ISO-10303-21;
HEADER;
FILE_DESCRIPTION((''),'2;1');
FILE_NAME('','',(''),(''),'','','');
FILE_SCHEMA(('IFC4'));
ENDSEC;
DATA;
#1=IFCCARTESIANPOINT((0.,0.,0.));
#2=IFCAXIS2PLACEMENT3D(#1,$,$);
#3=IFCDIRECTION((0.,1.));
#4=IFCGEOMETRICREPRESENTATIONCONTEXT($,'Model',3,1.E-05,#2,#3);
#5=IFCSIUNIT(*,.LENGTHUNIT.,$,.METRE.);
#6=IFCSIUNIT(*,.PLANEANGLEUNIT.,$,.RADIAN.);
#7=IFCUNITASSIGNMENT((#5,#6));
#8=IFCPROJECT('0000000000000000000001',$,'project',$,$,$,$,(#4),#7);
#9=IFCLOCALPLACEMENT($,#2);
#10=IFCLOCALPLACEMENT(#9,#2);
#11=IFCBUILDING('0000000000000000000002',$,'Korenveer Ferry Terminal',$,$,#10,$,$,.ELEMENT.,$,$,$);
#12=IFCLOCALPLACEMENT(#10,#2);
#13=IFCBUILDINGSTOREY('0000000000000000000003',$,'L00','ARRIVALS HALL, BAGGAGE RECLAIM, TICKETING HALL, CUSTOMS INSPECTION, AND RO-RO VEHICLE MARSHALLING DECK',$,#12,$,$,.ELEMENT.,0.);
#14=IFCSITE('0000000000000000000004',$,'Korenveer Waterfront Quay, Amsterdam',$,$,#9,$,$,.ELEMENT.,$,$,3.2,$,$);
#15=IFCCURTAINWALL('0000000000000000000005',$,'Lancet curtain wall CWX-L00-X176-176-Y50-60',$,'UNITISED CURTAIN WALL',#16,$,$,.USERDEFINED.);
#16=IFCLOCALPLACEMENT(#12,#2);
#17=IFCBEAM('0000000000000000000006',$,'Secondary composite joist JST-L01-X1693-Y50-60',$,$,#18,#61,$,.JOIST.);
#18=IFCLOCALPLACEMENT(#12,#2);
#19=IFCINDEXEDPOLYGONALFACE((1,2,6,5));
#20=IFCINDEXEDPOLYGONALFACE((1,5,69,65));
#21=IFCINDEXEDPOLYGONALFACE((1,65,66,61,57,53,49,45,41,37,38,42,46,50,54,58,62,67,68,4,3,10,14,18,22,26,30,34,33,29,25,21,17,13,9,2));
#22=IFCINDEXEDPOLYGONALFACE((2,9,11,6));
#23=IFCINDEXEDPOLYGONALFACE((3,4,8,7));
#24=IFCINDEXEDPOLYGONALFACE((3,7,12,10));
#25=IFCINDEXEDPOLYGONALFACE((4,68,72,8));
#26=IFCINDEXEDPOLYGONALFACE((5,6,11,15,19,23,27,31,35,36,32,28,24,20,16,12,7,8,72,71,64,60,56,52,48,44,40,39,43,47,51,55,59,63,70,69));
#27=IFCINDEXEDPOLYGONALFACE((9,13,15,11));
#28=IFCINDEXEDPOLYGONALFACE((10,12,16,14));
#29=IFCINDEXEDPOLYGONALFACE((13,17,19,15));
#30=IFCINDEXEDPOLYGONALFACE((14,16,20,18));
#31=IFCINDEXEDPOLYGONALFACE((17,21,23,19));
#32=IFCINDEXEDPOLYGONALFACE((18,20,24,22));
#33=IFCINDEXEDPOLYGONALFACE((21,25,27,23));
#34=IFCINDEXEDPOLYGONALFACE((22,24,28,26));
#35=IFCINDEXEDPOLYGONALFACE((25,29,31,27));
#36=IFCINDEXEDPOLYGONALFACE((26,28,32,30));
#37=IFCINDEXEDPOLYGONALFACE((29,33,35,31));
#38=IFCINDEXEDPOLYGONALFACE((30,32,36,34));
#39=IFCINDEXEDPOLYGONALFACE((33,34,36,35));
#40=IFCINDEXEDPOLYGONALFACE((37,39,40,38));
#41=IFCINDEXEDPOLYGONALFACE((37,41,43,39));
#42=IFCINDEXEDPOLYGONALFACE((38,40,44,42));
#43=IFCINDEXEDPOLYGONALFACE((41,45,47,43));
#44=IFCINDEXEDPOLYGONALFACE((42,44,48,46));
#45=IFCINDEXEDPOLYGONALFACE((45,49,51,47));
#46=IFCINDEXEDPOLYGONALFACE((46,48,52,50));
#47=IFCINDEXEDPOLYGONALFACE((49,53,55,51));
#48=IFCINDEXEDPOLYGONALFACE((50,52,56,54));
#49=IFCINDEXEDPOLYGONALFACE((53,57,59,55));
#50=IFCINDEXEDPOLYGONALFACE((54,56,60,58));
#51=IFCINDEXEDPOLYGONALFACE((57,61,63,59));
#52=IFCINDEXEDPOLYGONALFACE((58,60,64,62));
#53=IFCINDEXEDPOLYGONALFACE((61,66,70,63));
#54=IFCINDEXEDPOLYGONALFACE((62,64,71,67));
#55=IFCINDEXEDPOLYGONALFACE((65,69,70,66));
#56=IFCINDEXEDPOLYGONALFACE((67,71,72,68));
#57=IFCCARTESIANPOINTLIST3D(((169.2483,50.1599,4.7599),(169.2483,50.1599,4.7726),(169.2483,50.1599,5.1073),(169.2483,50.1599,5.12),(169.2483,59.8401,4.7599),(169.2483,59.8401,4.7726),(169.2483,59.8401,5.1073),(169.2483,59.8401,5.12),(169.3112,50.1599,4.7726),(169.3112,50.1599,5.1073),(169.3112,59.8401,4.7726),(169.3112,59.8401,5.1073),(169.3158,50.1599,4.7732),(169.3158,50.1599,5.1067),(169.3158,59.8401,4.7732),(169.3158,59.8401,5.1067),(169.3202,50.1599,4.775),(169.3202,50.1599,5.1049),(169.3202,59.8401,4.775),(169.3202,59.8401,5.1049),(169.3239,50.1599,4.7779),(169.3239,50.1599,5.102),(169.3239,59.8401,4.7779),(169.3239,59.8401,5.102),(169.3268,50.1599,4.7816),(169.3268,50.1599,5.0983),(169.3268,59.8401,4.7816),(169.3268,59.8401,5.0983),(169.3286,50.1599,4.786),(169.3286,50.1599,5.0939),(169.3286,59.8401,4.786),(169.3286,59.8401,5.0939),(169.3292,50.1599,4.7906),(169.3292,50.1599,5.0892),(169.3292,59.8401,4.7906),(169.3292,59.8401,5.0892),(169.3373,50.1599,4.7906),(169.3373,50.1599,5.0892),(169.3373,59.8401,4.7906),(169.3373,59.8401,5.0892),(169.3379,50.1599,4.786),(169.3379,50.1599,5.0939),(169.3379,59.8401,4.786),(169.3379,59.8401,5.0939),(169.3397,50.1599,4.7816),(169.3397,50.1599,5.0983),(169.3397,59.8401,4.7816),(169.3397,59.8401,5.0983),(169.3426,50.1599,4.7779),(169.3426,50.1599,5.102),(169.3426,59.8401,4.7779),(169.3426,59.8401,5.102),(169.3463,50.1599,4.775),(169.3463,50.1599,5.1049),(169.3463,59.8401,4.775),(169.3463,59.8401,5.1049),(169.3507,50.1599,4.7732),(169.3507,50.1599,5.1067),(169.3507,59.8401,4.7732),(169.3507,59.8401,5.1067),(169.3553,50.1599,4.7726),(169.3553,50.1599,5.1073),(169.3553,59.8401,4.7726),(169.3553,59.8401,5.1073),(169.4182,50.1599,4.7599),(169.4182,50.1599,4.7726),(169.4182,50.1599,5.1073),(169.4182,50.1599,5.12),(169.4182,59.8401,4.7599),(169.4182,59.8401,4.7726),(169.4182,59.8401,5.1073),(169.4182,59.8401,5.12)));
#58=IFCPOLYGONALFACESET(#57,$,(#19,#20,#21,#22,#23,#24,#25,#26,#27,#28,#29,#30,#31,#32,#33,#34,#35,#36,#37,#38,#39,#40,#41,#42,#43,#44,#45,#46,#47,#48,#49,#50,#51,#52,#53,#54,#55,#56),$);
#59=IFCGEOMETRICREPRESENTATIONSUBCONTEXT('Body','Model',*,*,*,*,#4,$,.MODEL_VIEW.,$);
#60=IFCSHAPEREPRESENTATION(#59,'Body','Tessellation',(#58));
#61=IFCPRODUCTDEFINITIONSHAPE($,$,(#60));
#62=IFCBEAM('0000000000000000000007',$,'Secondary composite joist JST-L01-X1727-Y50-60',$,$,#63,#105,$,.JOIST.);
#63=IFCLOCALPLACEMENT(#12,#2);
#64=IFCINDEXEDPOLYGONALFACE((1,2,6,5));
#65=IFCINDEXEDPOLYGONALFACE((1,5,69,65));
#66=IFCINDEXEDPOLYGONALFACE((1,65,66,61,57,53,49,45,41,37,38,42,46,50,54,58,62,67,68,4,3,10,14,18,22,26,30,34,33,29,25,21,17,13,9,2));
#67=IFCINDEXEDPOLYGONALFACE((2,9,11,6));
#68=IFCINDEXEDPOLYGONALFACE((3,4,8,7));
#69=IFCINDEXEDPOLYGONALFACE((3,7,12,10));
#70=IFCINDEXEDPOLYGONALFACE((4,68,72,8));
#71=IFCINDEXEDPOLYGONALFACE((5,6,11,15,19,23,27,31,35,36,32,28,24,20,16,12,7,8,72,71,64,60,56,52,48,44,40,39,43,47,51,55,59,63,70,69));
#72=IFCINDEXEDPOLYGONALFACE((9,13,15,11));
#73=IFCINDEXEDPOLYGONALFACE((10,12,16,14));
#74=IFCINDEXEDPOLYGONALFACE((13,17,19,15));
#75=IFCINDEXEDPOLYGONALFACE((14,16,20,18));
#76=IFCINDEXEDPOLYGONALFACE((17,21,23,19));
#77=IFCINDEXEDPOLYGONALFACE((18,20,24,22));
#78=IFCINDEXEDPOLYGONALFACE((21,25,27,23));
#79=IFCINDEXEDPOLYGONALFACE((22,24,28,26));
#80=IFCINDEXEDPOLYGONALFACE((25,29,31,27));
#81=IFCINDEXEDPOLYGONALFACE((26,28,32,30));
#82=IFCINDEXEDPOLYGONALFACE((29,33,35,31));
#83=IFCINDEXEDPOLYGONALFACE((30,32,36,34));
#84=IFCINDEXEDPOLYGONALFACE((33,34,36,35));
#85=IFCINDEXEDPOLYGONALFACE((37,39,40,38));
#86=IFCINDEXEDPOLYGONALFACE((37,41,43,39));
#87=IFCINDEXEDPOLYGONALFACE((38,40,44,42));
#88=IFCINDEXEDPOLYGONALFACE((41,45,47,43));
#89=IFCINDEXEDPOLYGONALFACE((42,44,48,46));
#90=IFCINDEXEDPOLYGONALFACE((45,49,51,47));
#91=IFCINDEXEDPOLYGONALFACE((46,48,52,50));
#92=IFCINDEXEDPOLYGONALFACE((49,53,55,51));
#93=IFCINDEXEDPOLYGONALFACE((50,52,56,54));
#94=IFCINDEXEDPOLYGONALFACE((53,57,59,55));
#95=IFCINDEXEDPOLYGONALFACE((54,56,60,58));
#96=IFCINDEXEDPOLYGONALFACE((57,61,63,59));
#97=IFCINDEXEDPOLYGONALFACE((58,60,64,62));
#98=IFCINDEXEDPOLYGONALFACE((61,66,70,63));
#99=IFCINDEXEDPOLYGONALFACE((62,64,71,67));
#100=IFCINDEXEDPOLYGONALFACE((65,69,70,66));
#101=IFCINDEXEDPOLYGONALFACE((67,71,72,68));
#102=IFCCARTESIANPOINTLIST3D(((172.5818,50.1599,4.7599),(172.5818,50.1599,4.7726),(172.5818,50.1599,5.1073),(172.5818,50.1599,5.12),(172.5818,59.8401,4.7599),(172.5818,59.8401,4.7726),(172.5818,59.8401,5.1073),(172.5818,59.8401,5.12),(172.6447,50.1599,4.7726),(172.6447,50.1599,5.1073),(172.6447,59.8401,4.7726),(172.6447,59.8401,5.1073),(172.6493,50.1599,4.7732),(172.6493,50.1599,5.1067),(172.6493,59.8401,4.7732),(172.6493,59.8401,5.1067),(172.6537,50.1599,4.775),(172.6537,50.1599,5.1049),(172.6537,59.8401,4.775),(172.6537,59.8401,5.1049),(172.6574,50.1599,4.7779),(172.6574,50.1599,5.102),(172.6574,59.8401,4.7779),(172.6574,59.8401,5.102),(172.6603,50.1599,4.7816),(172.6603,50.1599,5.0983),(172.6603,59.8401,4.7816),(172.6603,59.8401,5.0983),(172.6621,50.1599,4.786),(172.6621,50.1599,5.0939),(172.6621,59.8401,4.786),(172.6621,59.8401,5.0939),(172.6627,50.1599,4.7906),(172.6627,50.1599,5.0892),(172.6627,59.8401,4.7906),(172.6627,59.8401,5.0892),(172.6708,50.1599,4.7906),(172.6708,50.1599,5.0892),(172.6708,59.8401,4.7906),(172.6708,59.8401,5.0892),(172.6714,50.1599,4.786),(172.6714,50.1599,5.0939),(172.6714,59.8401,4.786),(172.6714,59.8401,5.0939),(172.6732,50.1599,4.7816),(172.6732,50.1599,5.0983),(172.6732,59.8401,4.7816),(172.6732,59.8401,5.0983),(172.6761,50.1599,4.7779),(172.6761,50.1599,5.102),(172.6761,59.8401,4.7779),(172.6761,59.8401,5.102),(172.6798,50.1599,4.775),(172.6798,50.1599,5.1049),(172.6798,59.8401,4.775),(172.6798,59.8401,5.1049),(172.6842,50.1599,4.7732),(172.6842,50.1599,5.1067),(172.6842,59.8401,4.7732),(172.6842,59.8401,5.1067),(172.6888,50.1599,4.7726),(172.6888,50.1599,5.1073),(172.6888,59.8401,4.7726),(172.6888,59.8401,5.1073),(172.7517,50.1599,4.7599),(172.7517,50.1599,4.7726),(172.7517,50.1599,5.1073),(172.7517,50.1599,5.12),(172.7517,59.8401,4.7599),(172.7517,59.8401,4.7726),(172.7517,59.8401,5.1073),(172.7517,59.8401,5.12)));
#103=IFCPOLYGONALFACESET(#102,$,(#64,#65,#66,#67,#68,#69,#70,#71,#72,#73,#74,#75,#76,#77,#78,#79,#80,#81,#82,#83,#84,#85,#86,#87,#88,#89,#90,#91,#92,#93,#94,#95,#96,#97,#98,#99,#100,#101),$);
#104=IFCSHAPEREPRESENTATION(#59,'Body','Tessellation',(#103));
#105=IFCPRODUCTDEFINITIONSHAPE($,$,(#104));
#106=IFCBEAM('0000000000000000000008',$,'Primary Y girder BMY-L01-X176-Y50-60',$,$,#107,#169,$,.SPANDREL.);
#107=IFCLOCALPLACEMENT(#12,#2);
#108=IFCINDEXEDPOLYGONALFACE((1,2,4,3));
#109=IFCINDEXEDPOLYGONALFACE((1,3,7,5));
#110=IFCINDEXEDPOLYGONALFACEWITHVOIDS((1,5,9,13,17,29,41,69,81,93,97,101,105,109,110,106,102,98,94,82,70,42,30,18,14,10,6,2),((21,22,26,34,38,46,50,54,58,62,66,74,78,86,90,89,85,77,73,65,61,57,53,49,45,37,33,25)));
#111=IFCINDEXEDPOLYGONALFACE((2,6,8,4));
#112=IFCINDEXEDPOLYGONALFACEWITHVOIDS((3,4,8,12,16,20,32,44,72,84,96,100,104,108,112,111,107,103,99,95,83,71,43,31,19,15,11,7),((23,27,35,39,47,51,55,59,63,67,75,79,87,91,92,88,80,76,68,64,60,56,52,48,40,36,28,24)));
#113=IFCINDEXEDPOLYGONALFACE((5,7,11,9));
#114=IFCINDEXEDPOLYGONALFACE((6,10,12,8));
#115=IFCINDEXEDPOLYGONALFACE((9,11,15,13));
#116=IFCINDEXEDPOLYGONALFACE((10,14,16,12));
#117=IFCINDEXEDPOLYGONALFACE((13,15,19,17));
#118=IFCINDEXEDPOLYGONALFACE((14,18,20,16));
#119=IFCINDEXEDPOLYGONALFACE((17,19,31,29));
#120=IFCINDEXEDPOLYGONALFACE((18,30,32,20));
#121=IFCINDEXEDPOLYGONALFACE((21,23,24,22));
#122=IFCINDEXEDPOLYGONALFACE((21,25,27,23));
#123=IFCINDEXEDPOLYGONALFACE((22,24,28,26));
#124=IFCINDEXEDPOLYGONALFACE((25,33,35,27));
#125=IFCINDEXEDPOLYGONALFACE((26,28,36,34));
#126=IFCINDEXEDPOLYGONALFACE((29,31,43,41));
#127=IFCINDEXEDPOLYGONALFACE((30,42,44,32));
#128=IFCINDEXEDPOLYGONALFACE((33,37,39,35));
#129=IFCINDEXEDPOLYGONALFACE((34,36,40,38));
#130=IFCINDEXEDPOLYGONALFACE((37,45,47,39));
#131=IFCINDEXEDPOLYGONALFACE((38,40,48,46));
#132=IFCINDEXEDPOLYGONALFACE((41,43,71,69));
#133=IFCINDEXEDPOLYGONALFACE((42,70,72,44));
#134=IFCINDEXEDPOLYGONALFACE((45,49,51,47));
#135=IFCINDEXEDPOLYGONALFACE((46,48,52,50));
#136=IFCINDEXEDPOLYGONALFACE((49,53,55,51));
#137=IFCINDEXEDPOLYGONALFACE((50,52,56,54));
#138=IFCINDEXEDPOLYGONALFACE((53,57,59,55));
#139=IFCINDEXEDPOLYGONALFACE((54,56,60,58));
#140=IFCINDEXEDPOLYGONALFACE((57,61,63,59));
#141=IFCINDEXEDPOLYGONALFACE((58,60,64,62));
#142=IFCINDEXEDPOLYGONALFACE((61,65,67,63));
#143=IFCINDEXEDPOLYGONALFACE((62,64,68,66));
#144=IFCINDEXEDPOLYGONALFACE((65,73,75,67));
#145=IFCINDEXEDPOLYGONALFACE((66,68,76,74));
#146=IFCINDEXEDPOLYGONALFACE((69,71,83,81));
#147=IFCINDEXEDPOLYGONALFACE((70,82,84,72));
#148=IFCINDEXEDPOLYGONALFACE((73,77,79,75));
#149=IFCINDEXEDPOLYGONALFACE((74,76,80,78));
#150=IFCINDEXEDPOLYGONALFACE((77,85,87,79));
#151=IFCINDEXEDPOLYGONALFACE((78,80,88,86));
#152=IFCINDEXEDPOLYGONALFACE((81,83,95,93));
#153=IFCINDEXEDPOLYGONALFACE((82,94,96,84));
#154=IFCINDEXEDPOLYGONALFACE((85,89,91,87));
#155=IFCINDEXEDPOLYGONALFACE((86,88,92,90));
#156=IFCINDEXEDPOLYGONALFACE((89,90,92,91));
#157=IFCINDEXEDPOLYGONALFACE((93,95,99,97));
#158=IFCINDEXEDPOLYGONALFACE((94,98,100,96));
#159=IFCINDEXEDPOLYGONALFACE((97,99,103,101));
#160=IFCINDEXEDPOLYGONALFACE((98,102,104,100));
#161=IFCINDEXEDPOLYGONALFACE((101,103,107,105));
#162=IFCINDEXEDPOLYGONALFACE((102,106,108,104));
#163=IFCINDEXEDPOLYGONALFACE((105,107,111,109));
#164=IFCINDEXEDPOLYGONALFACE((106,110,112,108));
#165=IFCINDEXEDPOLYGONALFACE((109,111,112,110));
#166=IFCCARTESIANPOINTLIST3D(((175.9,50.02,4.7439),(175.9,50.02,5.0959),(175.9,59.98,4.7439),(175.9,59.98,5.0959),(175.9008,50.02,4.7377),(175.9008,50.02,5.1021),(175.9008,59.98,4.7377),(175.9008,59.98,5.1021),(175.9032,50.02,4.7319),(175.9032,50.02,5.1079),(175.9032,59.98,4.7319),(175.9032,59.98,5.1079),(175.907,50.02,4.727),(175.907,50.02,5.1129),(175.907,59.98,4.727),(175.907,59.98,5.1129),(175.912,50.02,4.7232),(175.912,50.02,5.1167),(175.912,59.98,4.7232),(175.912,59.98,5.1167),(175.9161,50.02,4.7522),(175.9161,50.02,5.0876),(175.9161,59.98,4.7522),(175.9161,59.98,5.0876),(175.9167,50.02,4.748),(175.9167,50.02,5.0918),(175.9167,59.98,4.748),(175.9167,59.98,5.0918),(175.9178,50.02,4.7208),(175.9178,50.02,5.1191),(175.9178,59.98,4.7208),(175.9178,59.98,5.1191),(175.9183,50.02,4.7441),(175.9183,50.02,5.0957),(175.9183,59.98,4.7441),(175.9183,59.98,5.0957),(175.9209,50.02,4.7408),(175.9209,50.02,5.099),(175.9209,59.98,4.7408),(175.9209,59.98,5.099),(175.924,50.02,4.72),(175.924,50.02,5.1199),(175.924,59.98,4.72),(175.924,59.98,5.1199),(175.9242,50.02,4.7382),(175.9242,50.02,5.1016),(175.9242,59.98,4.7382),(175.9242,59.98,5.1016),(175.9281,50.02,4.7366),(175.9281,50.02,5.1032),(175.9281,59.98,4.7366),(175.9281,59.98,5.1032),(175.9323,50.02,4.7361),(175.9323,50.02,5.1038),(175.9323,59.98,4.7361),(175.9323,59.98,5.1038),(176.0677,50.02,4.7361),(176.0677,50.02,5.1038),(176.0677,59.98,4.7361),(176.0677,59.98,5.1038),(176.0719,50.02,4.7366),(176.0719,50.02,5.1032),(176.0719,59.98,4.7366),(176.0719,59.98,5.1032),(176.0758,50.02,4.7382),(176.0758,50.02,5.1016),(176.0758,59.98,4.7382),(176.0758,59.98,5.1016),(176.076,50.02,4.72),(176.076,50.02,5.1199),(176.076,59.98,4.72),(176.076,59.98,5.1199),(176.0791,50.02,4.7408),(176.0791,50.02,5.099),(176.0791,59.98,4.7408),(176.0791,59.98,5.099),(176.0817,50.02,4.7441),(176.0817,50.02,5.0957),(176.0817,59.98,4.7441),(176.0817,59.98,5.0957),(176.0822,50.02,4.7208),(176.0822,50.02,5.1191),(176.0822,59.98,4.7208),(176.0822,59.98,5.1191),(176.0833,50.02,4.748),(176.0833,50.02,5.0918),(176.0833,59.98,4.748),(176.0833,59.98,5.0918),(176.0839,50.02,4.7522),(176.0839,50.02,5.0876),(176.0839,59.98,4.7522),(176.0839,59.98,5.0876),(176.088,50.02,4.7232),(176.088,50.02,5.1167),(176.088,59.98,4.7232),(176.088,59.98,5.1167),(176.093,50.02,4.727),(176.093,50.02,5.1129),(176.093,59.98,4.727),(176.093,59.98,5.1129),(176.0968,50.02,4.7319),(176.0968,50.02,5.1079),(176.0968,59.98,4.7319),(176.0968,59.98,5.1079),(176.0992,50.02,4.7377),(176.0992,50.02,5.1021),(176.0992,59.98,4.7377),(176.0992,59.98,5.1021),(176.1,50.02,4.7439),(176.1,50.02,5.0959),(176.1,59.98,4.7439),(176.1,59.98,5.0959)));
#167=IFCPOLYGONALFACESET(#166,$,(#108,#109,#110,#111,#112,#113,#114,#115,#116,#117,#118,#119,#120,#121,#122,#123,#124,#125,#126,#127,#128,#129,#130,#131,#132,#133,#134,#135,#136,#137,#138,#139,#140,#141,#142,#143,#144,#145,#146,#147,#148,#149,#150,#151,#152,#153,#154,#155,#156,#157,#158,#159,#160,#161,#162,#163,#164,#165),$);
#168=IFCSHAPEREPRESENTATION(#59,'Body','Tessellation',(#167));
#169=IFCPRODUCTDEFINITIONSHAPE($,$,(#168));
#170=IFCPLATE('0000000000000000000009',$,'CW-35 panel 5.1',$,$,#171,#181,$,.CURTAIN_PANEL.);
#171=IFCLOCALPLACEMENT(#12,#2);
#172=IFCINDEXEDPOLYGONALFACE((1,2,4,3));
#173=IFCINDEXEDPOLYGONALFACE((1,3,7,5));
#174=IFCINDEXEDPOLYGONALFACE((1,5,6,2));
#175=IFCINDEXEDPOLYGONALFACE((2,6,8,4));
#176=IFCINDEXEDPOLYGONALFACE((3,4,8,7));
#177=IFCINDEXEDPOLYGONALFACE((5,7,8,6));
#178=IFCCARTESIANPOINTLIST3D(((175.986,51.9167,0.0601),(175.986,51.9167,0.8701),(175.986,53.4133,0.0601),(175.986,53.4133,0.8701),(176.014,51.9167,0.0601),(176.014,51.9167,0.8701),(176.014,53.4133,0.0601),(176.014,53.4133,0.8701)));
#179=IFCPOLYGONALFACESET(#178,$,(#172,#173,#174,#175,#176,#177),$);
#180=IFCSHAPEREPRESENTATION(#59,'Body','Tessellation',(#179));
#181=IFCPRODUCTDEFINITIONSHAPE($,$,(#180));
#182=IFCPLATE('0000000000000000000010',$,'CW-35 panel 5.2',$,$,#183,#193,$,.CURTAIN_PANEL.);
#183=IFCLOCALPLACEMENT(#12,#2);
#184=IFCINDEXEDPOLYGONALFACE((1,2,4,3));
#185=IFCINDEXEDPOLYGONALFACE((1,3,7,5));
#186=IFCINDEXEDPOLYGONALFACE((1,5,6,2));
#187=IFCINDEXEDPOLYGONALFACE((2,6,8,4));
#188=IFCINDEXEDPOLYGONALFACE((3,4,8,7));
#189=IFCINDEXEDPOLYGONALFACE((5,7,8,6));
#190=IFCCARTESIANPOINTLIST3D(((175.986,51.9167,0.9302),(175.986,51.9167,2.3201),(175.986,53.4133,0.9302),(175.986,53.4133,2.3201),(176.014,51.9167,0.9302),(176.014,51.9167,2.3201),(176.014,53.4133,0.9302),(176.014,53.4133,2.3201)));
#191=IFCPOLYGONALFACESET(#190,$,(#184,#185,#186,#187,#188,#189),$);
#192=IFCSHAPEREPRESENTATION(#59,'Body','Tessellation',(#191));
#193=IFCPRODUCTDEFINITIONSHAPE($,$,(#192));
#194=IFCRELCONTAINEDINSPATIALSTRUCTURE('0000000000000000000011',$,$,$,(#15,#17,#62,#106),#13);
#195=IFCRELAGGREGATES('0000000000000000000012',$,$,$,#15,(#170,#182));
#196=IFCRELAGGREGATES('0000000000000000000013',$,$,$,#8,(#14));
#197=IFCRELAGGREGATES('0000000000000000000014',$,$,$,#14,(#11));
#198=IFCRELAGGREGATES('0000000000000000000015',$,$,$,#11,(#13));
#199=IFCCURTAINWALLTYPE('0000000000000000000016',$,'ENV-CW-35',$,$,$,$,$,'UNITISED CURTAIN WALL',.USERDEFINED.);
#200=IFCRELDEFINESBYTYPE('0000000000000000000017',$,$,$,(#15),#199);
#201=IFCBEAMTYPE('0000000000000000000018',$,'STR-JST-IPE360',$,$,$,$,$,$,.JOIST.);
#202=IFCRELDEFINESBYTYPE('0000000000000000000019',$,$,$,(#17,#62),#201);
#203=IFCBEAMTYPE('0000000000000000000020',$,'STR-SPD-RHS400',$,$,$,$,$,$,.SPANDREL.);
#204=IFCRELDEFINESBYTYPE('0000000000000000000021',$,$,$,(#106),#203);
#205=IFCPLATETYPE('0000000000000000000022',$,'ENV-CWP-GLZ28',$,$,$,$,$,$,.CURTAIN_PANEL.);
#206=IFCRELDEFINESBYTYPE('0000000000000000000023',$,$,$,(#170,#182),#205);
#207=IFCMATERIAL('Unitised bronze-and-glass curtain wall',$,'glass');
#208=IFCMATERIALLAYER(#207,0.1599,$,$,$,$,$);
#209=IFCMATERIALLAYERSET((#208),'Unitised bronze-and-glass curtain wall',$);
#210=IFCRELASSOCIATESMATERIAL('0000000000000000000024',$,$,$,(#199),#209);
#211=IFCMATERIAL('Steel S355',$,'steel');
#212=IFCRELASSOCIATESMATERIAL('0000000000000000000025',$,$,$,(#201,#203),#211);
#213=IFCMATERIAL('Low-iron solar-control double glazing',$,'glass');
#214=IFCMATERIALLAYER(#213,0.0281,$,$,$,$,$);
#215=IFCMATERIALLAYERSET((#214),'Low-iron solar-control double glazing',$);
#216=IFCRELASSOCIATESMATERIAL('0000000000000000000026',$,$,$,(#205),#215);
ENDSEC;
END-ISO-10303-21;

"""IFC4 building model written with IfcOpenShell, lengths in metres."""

from ifc_helpers import new_model, si_unit, direction, frame, origin, origin_2d, place, context, subcontext, project, spatial, rectangle, hollow_rectangle, i_section, extrude, material, layer, layer_set, material_profile, profile_set, type_object, element, aggregate, save


model = new_model("IFC4")

# Units and contexts
model_context = context("Model", 3, precision=1e-05, world=origin(), true_north=direction((0.0, 1.0)))
body_context = subcontext(model_context, "Body", "Model", "MODEL_VIEW")
ifc_project = project(units=[si_unit("LENGTHUNIT", "METRE"), si_unit("PLANEANGLEUNIT", "RADIAN")], contexts=[model_context])

# Site, building, storey
site_placement = place(None, origin())
site = spatial("IfcSite", under=ifc_project, at=site_placement, Name="Korenveer Waterfront Quay, Amsterdam", CompositionType="ELEMENT", RefElevation=3.2)
building_placement = place(site_placement, origin())
building = spatial("IfcBuilding", under=site, at=building_placement, Name="Korenveer Ferry Terminal", CompositionType="ELEMENT")
storey_placement = place(building_placement, origin())
storey = spatial("IfcBuildingStorey", under=building, at=storey_placement, Name="L00", Description="ARRIVALS HALL, BAGGAGE RECLAIM, TICKETING HALL, CUSTOMS INSPECTION, AND RO-RO VEHICLE MARSHALLING DECK", CompositionType="ELEMENT", Elevation=0.0)

# Curtain wall
ifc_material_1 = material(Name="Unitised bronze-and-glass curtain wall", Category="glass")
ifc_layer_1 = layer(ifc_material_1, 0.1599)
ifc_layer_set_1 = layer_set([ifc_layer_1], Name="Unitised bronze-and-glass curtain wall")
curtain_wall_type = type_object("IfcCurtainWallType", Name="ENV-CW-35", ElementType="UNITISED CURTAIN WALL", PredefinedType="USERDEFINED", material=ifc_layer_set_1)
curtain_wall_placement = place(storey_placement, frame((176.0, 59.6699, 0.0)))
curtain_wall = element("IfcCurtainWall", 1, at=curtain_wall_placement, inside=storey, type_object=curtain_wall_type, Name="Lancet curtain wall CWX-L00-X176-176-Y50-60", ObjectType="UNITISED CURTAIN WALL", PredefinedType="USERDEFINED")

# Beams
ifc_material_2 = material(Name="Steel S355", Category="steel")
ifc_material_profile_1 = material_profile(ifc_material_2, i_section(OverallWidth=0.1699, OverallDepth=0.3601, WebThickness=0.0081, FlangeThickness=0.0127, FilletRadius=0.0181, at=origin_2d()), Name="IPE 360")
ifc_profile_set_1 = profile_set([ifc_material_profile_1], Name="Steel S355")
beam_type_1 = type_object("IfcBeamType", Name="STR-JST-IPE360", PredefinedType="JOIST", material=ifc_profile_set_1)
for number, where, z_axis, x_axis, name in (
    (2, (169.3333, 50.1599, 4.9399), (0.0, 1.0, 0.0), (-1.0, 0.0, 0.0), "Secondary composite joist JST-L01-X1693-Y50-60"),
    (3, (172.6667, 50.1599, 4.9399), (0.0, 1.0, 0.0), (-1.0, 0.0, 0.0), "Secondary composite joist JST-L01-X1727-Y50-60"),
):
    element("IfcBeam", number, at=place(storey_placement, frame(where, z_axis=z_axis, x_axis=x_axis)), inside=storey, type_object=beam_type_1, Name=name, PredefinedType="JOIST", context=body_context, shape_type="SweptSolid", body=[
        extrude(i_section(OverallWidth=0.1699, OverallDepth=0.3601, WebThickness=0.0081, FlangeThickness=0.0127, FilletRadius=0.0181, at=origin_2d()), origin(), (0.0, 0.0, 1.0), 9.6802),
    ])
ifc_material_profile_2 = material_profile(ifc_material_2, hollow_rectangle(XDim=0.2, YDim=0.3999, WallThickness=0.0161, InnerFilletRadius=0.0161, OuterFilletRadius=0.0239, at=origin_2d()), Name="RHS 400x200x16")
ifc_profile_set_2 = profile_set([ifc_material_profile_2], Name="Steel S355")
beam_type_2 = type_object("IfcBeamType", Name="STR-SPD-RHS400", PredefinedType="SPANDREL", material=ifc_profile_set_2)
beam_placement = place(storey_placement, frame((176.0, 50.02, 4.9199), z_axis=(0.0, 1.0, 0.0), x_axis=(-1.0, 0.0, 0.0)))
element("IfcBeam", 4, at=beam_placement, inside=storey, type_object=beam_type_2, Name="Primary Y girder BMY-L01-X176-Y50-60", PredefinedType="SPANDREL", context=body_context, shape_type="SweptSolid", body=[
    extrude(hollow_rectangle(XDim=0.2, YDim=0.3999, WallThickness=0.0161, InnerFilletRadius=0.0161, OuterFilletRadius=0.0239, at=origin_2d()), origin(), (0.0, 0.0, 1.0), 9.96),
])

# Plates
ifc_material_3 = material(Name="Low-iron solar-control double glazing", Category="glass")
ifc_layer_2 = layer(ifc_material_3, 0.0281)
ifc_layer_set_2 = layer_set([ifc_layer_2], Name="Low-iron solar-control double glazing")
plate_type = type_object("IfcPlateType", Name="ENV-CWP-GLZ28", PredefinedType="CURTAIN_PANEL", material=ifc_layer_set_2)
plate_1_placement = place(storey_placement, frame((176.0, 52.665, 0.0601), z_axis=(0.0, 0.0, 1.0), x_axis=(0.0, -1.0, 0.0)))
plate_1 = element("IfcPlate", 5, at=plate_1_placement, type_object=plate_type, Name="CW-35 panel 5.1", PredefinedType="CURTAIN_PANEL", context=body_context, shape_type="SweptSolid", body=[
    extrude(rectangle(XDim=1.4966, YDim=0.0281, at=origin_2d()), origin(), (0.0, 0.0, 1.0), 0.8101),
])
plate_2_placement = place(storey_placement, frame((176.0, 52.665, 0.9302), z_axis=(0.0, 0.0, 1.0), x_axis=(0.0, -1.0, 0.0)))
plate_2 = element("IfcPlate", 6, at=plate_2_placement, type_object=plate_type, Name="CW-35 panel 5.2", PredefinedType="CURTAIN_PANEL", context=body_context, shape_type="SweptSolid", body=[
    extrude(rectangle(XDim=1.4966, YDim=0.0281, at=origin_2d()), origin(), (0.0, 0.0, 1.0), 1.3899),
])
aggregate(curtain_wall, [plate_1, plate_2])

save(model, "model.ifc")
